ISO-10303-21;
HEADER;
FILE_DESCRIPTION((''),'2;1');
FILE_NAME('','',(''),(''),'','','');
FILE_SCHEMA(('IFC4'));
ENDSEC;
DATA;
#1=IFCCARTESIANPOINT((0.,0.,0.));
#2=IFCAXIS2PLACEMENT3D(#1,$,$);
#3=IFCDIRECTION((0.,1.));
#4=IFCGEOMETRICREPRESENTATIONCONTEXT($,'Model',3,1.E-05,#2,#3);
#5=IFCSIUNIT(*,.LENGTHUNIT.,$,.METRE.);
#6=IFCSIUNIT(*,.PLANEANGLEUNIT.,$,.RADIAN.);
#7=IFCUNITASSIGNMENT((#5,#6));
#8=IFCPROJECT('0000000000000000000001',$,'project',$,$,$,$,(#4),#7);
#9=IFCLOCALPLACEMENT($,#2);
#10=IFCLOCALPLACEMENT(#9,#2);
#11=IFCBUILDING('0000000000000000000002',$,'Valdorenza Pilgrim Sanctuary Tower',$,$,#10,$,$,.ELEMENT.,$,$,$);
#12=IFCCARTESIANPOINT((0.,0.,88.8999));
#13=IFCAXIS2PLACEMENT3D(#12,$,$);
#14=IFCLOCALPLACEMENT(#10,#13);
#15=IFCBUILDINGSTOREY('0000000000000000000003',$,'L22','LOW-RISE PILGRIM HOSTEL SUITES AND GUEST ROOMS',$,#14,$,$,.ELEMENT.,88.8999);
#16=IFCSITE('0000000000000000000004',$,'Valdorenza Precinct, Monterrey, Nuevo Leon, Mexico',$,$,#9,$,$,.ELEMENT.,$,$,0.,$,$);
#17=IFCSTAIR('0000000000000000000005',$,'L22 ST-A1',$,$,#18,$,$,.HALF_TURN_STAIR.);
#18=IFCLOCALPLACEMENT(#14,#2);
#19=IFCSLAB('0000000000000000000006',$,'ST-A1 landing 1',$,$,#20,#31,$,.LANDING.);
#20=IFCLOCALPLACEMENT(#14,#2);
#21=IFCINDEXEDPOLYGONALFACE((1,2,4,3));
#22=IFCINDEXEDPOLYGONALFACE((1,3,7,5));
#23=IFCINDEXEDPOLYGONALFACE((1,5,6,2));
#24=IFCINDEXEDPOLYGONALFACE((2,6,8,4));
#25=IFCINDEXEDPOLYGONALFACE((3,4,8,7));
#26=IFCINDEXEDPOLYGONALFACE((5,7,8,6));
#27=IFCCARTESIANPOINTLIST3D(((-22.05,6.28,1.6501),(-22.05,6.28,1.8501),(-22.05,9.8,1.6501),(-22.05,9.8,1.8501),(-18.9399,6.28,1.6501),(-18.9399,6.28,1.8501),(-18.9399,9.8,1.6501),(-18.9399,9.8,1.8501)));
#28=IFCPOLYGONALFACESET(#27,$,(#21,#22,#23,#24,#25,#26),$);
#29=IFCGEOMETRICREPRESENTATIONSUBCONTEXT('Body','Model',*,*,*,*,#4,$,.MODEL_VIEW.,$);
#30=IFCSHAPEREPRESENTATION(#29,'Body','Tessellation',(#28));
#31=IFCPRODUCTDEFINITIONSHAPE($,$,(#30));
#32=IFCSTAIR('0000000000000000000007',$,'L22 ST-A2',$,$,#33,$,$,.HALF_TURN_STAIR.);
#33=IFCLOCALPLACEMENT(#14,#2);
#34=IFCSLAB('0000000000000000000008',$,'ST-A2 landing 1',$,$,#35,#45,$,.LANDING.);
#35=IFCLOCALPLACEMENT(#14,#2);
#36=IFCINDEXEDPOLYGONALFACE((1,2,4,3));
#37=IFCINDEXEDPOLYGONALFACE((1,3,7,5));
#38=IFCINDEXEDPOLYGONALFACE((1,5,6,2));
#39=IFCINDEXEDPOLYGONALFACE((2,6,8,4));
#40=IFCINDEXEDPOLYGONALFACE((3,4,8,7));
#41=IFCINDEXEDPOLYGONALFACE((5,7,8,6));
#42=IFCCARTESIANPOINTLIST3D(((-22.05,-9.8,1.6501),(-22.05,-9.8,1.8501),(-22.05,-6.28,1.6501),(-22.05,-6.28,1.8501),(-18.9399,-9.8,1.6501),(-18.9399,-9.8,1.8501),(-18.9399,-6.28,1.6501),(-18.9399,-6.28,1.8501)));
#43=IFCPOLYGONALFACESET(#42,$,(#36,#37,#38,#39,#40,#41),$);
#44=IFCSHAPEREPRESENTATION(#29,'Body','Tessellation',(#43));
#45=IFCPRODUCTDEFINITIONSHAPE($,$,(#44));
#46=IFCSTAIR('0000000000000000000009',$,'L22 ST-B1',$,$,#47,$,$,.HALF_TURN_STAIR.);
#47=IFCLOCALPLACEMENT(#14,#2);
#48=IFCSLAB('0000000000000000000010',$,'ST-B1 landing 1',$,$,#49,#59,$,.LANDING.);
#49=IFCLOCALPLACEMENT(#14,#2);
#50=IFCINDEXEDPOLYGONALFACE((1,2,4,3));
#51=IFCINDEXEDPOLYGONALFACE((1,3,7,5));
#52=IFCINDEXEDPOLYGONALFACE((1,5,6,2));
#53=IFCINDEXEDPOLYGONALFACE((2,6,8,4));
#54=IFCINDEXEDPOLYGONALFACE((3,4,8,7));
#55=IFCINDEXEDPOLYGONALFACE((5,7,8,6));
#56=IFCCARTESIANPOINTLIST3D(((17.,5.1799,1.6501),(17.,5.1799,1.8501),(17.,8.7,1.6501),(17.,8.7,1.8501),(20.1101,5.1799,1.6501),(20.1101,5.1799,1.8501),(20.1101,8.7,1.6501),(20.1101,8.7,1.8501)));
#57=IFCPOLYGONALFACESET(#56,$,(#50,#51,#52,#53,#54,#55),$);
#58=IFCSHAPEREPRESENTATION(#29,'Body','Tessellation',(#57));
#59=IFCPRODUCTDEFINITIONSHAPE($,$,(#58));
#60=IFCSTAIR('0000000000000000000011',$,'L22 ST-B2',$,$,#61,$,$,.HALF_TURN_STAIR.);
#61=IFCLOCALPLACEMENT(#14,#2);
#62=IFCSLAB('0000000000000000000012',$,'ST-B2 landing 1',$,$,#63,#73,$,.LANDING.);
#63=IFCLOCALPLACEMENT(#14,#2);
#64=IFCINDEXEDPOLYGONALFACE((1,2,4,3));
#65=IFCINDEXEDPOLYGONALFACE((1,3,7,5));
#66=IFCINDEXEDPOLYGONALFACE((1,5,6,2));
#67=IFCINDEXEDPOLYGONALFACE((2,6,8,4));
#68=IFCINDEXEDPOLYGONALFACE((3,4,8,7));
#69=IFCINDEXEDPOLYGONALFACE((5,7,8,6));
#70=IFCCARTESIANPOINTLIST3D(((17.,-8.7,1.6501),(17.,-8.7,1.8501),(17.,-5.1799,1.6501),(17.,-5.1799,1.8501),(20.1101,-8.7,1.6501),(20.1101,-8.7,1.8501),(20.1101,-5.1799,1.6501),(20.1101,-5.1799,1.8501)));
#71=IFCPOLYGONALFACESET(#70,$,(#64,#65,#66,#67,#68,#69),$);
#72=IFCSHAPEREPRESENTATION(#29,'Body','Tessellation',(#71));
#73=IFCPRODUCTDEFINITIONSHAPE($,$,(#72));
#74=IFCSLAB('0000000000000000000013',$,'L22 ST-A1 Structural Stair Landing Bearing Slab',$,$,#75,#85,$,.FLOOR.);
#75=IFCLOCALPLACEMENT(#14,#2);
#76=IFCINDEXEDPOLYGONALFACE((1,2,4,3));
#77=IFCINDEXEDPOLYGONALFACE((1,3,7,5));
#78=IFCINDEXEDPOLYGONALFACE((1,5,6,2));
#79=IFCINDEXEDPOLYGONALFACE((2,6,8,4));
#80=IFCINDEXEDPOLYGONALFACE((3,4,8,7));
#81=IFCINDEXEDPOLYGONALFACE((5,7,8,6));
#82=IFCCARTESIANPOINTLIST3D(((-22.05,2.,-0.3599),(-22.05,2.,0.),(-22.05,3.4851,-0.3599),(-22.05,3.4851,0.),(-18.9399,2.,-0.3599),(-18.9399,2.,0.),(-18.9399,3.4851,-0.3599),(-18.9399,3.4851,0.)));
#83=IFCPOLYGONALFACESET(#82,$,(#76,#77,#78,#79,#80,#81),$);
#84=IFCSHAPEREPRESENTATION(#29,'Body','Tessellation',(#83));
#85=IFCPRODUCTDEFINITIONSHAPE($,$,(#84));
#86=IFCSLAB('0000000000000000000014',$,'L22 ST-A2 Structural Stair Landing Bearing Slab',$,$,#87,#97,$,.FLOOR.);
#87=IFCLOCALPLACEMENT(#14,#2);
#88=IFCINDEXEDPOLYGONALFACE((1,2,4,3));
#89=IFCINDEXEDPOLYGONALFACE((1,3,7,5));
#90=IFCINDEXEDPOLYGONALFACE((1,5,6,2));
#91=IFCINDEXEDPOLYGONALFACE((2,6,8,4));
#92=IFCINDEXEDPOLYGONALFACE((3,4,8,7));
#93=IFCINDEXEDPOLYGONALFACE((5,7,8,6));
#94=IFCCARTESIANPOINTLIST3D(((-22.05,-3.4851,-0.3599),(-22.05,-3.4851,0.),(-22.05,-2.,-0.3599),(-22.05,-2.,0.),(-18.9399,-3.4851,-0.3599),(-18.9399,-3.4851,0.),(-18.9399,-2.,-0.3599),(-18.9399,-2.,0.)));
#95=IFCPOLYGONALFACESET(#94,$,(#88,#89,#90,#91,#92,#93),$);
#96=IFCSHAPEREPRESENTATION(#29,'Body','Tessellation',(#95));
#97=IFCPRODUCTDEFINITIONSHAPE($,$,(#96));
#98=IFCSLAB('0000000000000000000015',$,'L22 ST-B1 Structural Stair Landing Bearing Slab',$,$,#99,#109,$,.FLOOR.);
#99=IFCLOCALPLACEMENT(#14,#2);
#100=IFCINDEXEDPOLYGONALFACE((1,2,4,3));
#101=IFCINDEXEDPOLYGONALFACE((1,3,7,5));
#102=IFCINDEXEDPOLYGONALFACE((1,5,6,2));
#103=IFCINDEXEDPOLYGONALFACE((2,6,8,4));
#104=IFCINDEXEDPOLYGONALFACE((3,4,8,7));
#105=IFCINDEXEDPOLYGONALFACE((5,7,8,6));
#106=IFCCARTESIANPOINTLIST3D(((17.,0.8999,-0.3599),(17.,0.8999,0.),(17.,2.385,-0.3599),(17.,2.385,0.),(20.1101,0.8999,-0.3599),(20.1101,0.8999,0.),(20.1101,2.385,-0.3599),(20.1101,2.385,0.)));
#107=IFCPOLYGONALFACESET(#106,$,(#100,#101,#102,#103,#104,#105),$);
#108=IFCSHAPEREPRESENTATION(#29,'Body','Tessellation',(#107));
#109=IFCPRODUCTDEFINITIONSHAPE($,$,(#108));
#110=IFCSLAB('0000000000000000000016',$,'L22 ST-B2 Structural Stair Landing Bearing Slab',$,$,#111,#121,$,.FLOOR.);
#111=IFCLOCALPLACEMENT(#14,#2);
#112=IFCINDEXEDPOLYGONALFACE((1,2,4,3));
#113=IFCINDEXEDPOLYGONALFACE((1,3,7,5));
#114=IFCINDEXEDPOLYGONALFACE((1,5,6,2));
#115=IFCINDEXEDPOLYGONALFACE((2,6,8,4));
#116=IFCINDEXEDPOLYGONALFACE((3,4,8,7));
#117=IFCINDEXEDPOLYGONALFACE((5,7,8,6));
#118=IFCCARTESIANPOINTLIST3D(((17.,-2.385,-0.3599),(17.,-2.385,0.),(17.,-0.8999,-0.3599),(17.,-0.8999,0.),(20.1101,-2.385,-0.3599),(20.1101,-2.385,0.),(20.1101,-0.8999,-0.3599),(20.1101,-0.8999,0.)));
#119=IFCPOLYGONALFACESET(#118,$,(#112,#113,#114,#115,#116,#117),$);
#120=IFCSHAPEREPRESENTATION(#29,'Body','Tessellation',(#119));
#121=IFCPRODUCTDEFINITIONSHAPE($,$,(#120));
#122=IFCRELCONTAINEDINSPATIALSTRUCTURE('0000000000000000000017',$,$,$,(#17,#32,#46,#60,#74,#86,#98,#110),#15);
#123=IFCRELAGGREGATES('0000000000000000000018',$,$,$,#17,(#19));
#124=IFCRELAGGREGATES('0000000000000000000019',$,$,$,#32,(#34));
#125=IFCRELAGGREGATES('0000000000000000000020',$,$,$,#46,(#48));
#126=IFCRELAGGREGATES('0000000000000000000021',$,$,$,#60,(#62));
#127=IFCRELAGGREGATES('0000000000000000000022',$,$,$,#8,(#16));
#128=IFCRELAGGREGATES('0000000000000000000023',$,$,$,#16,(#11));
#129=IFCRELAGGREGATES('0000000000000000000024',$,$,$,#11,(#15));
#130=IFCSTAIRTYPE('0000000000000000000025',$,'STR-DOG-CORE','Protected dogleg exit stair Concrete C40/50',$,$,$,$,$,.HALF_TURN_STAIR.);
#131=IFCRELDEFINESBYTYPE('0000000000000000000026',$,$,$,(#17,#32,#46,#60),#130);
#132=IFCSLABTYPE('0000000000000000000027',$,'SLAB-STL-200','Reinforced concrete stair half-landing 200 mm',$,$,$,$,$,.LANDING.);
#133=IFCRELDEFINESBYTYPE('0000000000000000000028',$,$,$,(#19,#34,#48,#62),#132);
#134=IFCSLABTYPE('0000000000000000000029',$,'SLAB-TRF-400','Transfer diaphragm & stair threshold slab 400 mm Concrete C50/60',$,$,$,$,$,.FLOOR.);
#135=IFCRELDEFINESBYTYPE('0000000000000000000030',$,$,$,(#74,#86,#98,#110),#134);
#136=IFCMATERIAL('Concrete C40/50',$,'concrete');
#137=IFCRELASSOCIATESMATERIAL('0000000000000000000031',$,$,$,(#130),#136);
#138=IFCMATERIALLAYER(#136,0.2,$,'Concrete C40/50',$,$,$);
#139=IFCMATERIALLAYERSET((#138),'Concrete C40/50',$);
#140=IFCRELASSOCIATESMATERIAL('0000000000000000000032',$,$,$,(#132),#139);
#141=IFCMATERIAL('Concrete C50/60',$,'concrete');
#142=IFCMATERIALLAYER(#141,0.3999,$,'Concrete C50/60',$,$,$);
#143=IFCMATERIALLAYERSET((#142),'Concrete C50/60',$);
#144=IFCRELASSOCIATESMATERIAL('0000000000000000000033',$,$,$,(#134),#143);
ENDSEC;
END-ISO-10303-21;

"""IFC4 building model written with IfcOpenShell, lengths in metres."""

from ifc_helpers import new_model, si_unit, direction, frame, origin, place, context, subcontext, project, spatial, polyline, outline, extrude, material, layer, layer_set, type_object, element, aggregate, save


model = new_model("IFC4")

# Units and contexts
model_context = context("Model", 3, precision=1e-05, world=origin(), true_north=direction((0.0, 1.0)))
body_context = subcontext(model_context, "Body", "Model", "MODEL_VIEW")
ifc_project = project(units=[si_unit("LENGTHUNIT", "METRE"), si_unit("PLANEANGLEUNIT", "RADIAN")], contexts=[model_context])

# Site, building, storey
site_placement = place(None, origin())
site = spatial("IfcSite", under=ifc_project, at=site_placement, Name="Valdorenza Precinct, Monterrey, Nuevo Leon, Mexico", CompositionType="ELEMENT", RefElevation=0.0)
building_placement = place(site_placement, origin())
building = spatial("IfcBuilding", under=site, at=building_placement, Name="Valdorenza Pilgrim Sanctuary Tower", CompositionType="ELEMENT")
storey_placement = place(building_placement, frame((0.0, 0.0, 88.8999)))
storey = spatial("IfcBuildingStorey", under=building, at=storey_placement, Name="L22", Description="LOW-RISE PILGRIM HOSTEL SUITES AND GUEST ROOMS", CompositionType="ELEMENT", Elevation=88.8999)

# Shared definitions
ifc_material_1 = material(Name="Concrete C40/50", Category="concrete")

# Stairs, slabs
stair_type = type_object("IfcStairType", Name="STR-DOG-CORE", Description="Protected dogleg exit stair Concrete C40/50", PredefinedType="HALF_TURN_STAIR", material=ifc_material_1)
stair_1_placement = place(storey_placement, origin())
stair_1 = element("IfcStair", 1, at=stair_1_placement, inside=storey, type_object=stair_type, Name="L22 ST-A1", PredefinedType="HALF_TURN_STAIR")
ifc_layer_1 = layer(ifc_material_1, 0.2, Name="Concrete C40/50")
ifc_layer_set_1 = layer_set([ifc_layer_1], Name="Concrete C40/50")
slab_type_1 = type_object("IfcSlabType", Name="SLAB-STL-200", Description="Reinforced concrete stair half-landing 200 mm", PredefinedType="LANDING", material=ifc_layer_set_1)
slab_1_placement = place(storey_placement, frame((0.0, 0.0, 1.6501)))
slab_1 = element("IfcSlab", 2, at=slab_1_placement, type_object=slab_type_1, Name="ST-A1 landing 1", PredefinedType="LANDING", context=body_context, shape_type="SweptSolid", body=[
    extrude(outline(polyline([(-18.9399, 6.28), (-18.9399, 9.8), (-22.05, 9.8), (-22.05, 6.28), (-18.9399, 6.28)])), origin(), (0.0, 0.0, 1.0), 0.2),
])
aggregate(stair_1, [slab_1])
stair_2_placement = place(storey_placement, origin())
stair_2 = element("IfcStair", 3, at=stair_2_placement, inside=storey, type_object=stair_type, Name="L22 ST-A2", PredefinedType="HALF_TURN_STAIR")
slab_2_placement = place(storey_placement, frame((0.0, 0.0, 1.6501)))
slab_2 = element("IfcSlab", 4, at=slab_2_placement, type_object=slab_type_1, Name="ST-A2 landing 1", PredefinedType="LANDING", context=body_context, shape_type="SweptSolid", body=[
    extrude(outline(polyline([(-22.05, -6.28), (-22.05, -9.8), (-18.9399, -9.8), (-18.9399, -6.28), (-22.05, -6.28)])), origin(), (0.0, 0.0, 1.0), 0.2),
])
aggregate(stair_2, [slab_2])
stair_3_placement = place(storey_placement, origin())
stair_3 = element("IfcStair", 5, at=stair_3_placement, inside=storey, type_object=stair_type, Name="L22 ST-B1", PredefinedType="HALF_TURN_STAIR")
slab_3_placement = place(storey_placement, frame((0.0, 0.0, 1.6501)))
slab_3 = element("IfcSlab", 6, at=slab_3_placement, type_object=slab_type_1, Name="ST-B1 landing 1", PredefinedType="LANDING", context=body_context, shape_type="SweptSolid", body=[
    extrude(outline(polyline([(20.1101, 5.1799), (20.1101, 8.7), (17.0, 8.7), (17.0, 5.1799), (20.1101, 5.1799)])), origin(), (0.0, 0.0, 1.0), 0.2),
])
aggregate(stair_3, [slab_3])
stair_4_placement = place(storey_placement, origin())
stair_4 = element("IfcStair", 7, at=stair_4_placement, inside=storey, type_object=stair_type, Name="L22 ST-B2", PredefinedType="HALF_TURN_STAIR")
slab_4_placement = place(storey_placement, frame((0.0, 0.0, 1.6501)))
slab_4 = element("IfcSlab", 8, at=slab_4_placement, type_object=slab_type_1, Name="ST-B2 landing 1", PredefinedType="LANDING", context=body_context, shape_type="SweptSolid", body=[
    extrude(outline(polyline([(17.0, -5.1799), (17.0, -8.7), (20.1101, -8.7), (20.1101, -5.1799), (17.0, -5.1799)])), origin(), (0.0, 0.0, 1.0), 0.2),
])
aggregate(stair_4, [slab_4])

# Slabs
ifc_material_2 = material(Name="Concrete C50/60", Category="concrete")
ifc_layer_2 = layer(ifc_material_2, 0.3999, Name="Concrete C50/60")
ifc_layer_set_2 = layer_set([ifc_layer_2], Name="Concrete C50/60")
slab_type_2 = type_object("IfcSlabType", Name="SLAB-TRF-400", Description="Transfer diaphragm & stair threshold slab 400 mm Concrete C50/60", PredefinedType="FLOOR", material=ifc_layer_set_2)
slab_5_placement = place(storey_placement, frame((0.0, 0.0, -0.3599)))
element("IfcSlab", 9, at=slab_5_placement, inside=storey, type_object=slab_type_2, Name="L22 ST-A1 Structural Stair Landing Bearing Slab", PredefinedType="FLOOR", context=body_context, shape_type="SweptSolid", body=[
    extrude(outline(polyline([(-22.05, 2.0), (-18.9399, 2.0), (-18.9399, 3.4851), (-22.05, 3.4851), (-22.05, 2.0)])), origin(), (0.0, 0.0, 1.0), 0.3599),
])
slab_6_placement = place(storey_placement, frame((0.0, 0.0, -0.3599)))
element("IfcSlab", 10, at=slab_6_placement, inside=storey, type_object=slab_type_2, Name="L22 ST-A2 Structural Stair Landing Bearing Slab", PredefinedType="FLOOR", context=body_context, shape_type="SweptSolid", body=[
    extrude(outline(polyline([(-22.05, -3.4851), (-18.9399, -3.4851), (-18.9399, -2.0), (-22.05, -2.0), (-22.05, -3.4851)])), origin(), (0.0, 0.0, 1.0), 0.3599),
])
slab_7_placement = place(storey_placement, frame((0.0, 0.0, -0.3599)))
element("IfcSlab", 11, at=slab_7_placement, inside=storey, type_object=slab_type_2, Name="L22 ST-B1 Structural Stair Landing Bearing Slab", PredefinedType="FLOOR", context=body_context, shape_type="SweptSolid", body=[
    extrude(outline(polyline([(17.0, 0.8999), (20.1101, 0.8999), (20.1101, 2.385), (17.0, 2.385), (17.0, 0.8999)])), origin(), (0.0, 0.0, 1.0), 0.3599),
])
slab_8_placement = place(storey_placement, frame((0.0, 0.0, -0.3599)))
element("IfcSlab", 12, at=slab_8_placement, inside=storey, type_object=slab_type_2, Name="L22 ST-B2 Structural Stair Landing Bearing Slab", PredefinedType="FLOOR", context=body_context, shape_type="SweptSolid", body=[
    extrude(outline(polyline([(17.0, -2.385), (20.1101, -2.385), (20.1101, -0.8999), (17.0, -0.8999), (17.0, -2.385)])), origin(), (0.0, 0.0, 1.0), 0.3599),
])

save(model, "model.ifc")
